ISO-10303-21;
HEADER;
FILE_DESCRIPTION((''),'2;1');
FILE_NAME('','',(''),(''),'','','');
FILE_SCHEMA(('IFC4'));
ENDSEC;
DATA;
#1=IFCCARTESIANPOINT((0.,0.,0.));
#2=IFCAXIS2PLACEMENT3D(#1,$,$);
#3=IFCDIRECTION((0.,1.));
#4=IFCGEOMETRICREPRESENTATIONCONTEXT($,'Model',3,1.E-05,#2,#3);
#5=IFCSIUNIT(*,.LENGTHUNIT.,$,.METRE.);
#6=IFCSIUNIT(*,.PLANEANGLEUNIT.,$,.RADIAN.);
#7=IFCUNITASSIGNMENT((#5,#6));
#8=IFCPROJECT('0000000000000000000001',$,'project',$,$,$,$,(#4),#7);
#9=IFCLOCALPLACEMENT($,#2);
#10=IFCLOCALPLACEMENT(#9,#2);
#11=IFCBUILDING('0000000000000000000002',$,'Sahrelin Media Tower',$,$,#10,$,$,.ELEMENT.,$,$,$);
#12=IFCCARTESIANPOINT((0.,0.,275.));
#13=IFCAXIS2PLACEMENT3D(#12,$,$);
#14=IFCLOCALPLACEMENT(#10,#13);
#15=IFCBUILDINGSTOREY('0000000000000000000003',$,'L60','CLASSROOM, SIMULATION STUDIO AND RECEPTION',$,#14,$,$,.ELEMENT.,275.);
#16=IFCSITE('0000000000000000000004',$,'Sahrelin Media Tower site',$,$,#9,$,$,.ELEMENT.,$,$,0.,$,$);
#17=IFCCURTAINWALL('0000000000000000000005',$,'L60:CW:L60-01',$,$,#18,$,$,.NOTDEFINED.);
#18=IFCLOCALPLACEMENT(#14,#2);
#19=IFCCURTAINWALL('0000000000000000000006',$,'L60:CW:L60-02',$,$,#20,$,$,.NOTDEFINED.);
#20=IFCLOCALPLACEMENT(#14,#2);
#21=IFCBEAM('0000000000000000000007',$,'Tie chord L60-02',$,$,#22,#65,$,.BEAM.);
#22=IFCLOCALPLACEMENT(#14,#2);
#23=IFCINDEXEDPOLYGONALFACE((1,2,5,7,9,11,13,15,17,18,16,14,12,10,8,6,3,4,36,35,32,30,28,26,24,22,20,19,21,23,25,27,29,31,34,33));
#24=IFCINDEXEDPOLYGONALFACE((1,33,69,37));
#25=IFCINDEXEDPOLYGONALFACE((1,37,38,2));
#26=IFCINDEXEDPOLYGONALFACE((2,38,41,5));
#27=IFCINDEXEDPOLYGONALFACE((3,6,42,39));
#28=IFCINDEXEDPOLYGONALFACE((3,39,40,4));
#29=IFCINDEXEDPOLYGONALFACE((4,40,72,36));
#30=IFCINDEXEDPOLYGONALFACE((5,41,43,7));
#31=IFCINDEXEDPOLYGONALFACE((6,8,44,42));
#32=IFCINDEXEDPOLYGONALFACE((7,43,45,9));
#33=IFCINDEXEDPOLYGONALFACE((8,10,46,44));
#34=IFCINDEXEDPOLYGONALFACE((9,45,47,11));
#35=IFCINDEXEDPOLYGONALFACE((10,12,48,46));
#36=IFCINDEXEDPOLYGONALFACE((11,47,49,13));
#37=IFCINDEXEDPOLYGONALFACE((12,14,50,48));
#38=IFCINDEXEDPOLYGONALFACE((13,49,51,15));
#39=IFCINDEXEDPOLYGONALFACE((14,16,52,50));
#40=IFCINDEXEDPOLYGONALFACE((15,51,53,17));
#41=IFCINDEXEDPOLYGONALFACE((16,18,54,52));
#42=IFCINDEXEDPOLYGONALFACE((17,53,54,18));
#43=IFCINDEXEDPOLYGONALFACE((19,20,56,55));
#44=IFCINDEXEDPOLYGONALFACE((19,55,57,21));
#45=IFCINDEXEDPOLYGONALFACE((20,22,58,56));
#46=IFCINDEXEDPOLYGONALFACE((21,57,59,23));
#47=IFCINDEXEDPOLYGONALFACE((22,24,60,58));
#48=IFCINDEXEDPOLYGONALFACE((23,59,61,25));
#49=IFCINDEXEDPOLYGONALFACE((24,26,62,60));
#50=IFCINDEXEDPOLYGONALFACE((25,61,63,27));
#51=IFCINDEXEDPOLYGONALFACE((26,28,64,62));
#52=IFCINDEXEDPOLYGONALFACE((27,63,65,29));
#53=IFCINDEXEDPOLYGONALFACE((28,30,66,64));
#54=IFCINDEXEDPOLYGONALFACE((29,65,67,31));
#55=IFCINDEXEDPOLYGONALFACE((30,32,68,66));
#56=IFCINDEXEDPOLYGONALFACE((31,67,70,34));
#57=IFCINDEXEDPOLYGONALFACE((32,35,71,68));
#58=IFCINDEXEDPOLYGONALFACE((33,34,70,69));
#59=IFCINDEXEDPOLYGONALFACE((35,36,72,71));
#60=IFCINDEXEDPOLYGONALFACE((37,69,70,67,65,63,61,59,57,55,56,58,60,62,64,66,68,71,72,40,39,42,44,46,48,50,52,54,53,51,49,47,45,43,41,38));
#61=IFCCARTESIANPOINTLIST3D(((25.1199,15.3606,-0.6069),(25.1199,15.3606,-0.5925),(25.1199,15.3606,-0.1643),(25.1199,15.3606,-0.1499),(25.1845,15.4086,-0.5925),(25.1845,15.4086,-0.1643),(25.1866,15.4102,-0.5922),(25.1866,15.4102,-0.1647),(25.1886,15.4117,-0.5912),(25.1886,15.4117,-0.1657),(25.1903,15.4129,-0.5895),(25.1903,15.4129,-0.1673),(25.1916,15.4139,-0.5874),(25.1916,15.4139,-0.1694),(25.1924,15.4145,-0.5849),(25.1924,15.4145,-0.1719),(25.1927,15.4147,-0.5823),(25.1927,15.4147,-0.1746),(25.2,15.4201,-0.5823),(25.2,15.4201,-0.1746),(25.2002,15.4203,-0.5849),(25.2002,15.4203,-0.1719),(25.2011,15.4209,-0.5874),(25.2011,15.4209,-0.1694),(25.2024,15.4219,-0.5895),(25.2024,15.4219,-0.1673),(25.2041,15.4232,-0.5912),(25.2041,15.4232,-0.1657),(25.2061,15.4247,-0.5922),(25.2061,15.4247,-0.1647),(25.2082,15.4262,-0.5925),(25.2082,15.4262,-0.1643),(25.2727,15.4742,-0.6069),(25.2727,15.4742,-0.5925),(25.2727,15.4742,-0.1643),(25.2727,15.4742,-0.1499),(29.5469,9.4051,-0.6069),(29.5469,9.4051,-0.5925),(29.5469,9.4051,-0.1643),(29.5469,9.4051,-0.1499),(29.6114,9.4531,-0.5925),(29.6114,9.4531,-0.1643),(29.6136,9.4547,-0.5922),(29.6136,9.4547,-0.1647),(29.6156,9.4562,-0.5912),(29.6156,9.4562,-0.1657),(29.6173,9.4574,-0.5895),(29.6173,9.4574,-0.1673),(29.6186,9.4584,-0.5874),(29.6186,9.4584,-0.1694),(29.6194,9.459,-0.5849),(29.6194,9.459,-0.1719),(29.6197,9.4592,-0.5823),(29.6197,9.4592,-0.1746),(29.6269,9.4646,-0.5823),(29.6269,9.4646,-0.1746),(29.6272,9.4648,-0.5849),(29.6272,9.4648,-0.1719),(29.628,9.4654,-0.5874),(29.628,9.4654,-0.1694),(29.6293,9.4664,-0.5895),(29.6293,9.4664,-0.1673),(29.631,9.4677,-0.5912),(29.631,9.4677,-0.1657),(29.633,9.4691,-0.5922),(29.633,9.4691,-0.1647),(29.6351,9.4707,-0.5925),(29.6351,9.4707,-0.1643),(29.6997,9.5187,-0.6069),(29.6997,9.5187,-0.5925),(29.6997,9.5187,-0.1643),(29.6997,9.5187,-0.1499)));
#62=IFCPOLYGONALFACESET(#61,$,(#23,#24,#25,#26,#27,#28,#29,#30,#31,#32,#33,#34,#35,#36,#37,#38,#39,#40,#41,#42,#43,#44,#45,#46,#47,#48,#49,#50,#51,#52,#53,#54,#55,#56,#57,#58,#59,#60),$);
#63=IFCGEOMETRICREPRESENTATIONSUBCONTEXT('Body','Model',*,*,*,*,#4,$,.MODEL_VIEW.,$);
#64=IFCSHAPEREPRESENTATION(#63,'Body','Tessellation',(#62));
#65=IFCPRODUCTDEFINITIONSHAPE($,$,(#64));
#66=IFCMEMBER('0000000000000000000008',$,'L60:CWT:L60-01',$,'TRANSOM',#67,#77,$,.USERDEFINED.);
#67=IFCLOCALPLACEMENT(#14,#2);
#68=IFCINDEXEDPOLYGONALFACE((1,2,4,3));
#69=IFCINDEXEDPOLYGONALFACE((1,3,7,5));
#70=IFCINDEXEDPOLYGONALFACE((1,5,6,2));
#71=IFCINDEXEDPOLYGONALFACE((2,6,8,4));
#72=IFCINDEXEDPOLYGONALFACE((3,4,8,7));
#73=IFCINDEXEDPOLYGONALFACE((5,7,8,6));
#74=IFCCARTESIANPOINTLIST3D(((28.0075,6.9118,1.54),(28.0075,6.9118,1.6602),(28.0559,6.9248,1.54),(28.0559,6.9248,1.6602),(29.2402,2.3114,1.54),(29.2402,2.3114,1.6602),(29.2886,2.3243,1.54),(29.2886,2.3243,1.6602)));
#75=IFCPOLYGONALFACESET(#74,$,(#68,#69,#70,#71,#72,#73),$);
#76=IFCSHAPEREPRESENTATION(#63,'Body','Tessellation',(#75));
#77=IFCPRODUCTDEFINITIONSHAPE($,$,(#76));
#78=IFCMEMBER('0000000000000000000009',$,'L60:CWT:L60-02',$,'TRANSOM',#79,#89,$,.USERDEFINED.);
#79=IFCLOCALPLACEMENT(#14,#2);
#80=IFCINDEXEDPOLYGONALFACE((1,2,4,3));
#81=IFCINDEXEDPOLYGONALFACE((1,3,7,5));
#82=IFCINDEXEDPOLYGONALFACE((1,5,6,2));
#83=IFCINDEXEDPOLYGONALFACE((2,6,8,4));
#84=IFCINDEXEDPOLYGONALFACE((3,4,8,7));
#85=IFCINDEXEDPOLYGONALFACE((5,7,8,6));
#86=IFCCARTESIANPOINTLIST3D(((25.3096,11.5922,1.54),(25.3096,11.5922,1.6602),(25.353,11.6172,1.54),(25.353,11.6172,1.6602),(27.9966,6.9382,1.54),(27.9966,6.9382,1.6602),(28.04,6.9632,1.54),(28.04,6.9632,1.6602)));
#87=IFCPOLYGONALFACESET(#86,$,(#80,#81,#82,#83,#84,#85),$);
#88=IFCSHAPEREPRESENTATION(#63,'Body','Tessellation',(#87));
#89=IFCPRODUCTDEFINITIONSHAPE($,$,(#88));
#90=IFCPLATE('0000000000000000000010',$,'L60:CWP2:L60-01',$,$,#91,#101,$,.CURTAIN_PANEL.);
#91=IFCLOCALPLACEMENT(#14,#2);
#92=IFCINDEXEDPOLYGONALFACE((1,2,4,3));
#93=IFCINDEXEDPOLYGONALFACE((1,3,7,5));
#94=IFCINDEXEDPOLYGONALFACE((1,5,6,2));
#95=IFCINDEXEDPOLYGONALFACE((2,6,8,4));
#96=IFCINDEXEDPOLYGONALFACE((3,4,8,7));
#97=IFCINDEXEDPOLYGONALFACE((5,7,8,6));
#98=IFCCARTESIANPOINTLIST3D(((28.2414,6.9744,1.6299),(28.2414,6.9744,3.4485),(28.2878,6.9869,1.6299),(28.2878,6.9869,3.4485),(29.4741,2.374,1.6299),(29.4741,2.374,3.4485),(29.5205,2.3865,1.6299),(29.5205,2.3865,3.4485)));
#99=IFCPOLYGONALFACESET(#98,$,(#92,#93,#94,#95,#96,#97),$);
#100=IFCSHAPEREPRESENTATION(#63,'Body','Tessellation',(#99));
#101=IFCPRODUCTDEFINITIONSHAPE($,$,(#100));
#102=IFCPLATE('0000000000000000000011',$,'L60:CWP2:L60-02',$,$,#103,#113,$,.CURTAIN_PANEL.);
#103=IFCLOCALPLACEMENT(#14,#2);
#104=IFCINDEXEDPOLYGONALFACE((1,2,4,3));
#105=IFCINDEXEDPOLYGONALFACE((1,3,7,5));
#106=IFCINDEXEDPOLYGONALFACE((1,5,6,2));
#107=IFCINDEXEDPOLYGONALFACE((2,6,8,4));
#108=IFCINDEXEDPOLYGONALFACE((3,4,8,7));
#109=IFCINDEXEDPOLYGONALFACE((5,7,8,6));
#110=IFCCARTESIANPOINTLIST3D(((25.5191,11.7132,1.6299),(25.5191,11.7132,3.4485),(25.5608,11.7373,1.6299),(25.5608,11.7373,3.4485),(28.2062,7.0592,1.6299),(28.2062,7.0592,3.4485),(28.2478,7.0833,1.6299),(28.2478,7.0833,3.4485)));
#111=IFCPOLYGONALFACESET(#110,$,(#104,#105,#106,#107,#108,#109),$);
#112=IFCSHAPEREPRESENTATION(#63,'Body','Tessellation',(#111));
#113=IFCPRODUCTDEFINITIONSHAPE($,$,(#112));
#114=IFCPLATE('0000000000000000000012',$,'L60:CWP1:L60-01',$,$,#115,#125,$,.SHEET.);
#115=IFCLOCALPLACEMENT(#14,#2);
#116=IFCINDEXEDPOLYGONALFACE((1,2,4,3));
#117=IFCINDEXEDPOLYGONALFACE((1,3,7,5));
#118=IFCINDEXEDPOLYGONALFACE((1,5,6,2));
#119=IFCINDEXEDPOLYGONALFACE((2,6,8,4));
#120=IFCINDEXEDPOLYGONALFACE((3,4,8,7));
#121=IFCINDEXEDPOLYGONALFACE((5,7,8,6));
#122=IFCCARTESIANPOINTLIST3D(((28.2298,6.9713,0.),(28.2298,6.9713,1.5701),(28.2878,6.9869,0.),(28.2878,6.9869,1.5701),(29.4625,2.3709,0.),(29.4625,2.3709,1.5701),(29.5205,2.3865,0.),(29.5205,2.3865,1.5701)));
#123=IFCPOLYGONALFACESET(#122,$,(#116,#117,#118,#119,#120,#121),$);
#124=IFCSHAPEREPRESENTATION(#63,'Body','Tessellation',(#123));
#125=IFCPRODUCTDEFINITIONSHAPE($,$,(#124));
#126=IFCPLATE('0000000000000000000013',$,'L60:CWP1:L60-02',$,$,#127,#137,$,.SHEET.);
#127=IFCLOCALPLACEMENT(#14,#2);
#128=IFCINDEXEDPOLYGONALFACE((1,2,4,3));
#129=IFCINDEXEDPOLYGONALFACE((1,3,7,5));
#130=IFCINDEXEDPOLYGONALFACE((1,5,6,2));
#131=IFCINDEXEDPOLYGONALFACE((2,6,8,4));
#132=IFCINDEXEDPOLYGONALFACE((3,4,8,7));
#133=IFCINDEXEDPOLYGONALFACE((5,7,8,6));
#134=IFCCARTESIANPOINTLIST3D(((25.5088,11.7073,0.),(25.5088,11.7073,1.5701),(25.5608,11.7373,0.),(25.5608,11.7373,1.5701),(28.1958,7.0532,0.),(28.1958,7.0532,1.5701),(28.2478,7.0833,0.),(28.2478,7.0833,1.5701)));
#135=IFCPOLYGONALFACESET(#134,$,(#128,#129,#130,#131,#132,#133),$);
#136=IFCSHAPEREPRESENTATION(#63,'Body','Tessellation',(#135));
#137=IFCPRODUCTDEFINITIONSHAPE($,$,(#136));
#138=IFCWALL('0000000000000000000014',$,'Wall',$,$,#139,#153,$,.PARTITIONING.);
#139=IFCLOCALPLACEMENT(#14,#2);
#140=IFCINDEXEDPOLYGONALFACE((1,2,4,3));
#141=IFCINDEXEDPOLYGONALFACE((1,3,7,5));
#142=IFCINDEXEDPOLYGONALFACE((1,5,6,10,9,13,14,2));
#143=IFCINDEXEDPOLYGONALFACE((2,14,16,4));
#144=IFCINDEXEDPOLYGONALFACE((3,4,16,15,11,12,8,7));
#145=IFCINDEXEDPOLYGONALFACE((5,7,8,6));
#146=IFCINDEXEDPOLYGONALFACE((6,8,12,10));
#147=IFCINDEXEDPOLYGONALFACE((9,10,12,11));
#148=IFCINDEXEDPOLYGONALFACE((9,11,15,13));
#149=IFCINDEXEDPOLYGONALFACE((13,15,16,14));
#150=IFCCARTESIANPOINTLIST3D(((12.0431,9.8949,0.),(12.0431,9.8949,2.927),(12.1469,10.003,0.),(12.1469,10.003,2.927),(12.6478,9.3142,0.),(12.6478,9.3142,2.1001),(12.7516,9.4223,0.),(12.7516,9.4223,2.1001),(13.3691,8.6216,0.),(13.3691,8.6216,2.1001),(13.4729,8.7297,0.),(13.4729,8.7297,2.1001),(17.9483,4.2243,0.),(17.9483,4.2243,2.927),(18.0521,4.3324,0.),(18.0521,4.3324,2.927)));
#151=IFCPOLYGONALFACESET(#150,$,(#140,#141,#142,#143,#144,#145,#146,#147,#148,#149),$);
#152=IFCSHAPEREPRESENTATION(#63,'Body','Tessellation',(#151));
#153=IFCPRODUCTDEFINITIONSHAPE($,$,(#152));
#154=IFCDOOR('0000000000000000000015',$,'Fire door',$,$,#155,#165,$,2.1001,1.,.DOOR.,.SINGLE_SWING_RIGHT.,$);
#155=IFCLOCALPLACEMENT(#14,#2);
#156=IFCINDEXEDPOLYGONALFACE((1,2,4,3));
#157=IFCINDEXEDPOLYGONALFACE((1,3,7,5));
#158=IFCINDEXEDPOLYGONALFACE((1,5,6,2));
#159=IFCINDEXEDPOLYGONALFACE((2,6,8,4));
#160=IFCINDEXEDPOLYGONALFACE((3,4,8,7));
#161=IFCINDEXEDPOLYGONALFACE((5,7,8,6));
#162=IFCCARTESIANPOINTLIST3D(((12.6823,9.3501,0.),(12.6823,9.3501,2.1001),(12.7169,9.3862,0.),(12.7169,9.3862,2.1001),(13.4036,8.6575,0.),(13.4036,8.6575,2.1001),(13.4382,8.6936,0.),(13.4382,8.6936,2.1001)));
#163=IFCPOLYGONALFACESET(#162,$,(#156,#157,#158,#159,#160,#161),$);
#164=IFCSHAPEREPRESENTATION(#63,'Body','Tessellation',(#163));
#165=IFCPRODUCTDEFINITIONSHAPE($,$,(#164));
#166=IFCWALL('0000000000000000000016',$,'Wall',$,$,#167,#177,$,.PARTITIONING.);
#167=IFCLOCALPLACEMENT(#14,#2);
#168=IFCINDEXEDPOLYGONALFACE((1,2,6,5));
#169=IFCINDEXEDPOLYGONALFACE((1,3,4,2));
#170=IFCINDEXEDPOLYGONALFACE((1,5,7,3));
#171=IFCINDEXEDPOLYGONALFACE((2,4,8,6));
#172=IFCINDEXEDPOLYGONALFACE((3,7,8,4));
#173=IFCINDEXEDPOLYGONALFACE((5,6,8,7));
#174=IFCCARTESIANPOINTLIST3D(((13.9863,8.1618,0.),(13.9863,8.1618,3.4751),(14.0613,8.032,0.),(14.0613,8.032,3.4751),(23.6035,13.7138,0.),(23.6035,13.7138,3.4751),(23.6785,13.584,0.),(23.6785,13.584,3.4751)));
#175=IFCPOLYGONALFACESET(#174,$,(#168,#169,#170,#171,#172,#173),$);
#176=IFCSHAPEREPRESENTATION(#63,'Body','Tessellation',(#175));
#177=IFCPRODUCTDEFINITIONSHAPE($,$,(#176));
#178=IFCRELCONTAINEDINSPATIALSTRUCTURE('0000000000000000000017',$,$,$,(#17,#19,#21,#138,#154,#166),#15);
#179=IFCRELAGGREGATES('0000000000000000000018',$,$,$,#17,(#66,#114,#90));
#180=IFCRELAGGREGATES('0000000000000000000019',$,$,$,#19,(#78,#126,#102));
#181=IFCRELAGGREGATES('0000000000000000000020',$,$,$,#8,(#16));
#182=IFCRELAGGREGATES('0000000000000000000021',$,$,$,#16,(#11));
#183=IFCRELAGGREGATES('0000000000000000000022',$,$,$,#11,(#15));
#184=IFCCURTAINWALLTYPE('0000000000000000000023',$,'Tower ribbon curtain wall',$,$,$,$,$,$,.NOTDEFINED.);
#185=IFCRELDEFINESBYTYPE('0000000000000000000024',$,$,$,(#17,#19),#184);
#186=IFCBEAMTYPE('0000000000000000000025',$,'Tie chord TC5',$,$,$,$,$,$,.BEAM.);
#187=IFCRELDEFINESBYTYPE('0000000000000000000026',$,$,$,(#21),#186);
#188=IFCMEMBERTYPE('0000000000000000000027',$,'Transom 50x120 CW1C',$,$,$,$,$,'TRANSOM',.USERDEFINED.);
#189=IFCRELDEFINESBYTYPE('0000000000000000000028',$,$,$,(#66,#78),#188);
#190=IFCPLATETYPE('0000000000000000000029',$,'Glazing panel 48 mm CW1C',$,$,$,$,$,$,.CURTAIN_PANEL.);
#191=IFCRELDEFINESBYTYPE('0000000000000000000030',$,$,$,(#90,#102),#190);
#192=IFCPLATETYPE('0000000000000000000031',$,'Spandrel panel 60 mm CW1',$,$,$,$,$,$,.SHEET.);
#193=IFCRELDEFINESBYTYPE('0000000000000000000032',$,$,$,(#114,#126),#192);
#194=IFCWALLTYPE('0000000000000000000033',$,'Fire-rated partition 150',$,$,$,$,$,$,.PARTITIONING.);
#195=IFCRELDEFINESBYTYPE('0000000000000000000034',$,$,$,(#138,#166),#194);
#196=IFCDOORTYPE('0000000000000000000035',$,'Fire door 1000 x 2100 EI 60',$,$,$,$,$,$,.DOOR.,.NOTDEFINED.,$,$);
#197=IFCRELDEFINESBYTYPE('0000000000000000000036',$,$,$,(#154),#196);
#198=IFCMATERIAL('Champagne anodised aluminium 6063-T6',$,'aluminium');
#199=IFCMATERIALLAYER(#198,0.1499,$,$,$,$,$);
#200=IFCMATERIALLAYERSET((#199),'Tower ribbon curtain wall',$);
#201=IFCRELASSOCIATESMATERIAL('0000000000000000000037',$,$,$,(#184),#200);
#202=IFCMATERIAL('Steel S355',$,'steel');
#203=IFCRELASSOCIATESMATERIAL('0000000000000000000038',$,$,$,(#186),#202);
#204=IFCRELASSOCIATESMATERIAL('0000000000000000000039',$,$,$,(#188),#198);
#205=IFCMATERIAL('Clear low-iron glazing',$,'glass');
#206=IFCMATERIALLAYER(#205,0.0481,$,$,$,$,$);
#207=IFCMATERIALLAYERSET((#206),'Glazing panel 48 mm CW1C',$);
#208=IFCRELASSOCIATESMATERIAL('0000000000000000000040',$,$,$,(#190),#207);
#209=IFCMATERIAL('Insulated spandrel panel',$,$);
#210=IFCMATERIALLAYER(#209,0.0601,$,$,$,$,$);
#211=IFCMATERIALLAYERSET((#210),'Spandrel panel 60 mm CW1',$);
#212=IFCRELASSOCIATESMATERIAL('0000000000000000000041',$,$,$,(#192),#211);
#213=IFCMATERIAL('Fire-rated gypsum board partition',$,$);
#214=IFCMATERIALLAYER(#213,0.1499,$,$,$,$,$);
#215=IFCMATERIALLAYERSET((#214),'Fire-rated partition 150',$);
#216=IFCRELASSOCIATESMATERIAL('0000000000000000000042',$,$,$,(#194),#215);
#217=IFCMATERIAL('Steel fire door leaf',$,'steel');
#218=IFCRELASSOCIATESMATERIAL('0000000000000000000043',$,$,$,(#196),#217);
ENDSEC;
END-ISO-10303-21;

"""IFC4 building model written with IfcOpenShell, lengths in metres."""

from ifc_helpers import new_model, si_unit, direction, frame, frame_2d, origin, origin_2d, place, context, subcontext, project, spatial, polyline, rectangle, i_section, outline, extrude, material, layer, layer_set, material_profile, profile_set, type_object, element, fill, aggregate, save


model = new_model("IFC4")

# Units and contexts
model_context = context("Model", 3, precision=1e-05, world=origin(), true_north=direction((0.0, 1.0)))
body_context = subcontext(model_context, "Body", "Model", "MODEL_VIEW")
ifc_project = project(units=[si_unit("LENGTHUNIT", "METRE"), si_unit("PLANEANGLEUNIT", "RADIAN")], contexts=[model_context])

# Site, building, storey
site_placement = place(None, origin())
site = spatial("IfcSite", under=ifc_project, at=site_placement, Name="Sahrelin Media Tower site", CompositionType="ELEMENT", RefElevation=0.0)
building_placement = place(site_placement, origin())
building = spatial("IfcBuilding", under=site, at=building_placement, Name="Sahrelin Media Tower", CompositionType="ELEMENT")
storey_placement = place(building_placement, frame((0.0, 0.0, 275.0)))
storey = spatial("IfcBuildingStorey", under=building, at=storey_placement, Name="L60", Description="CLASSROOM, SIMULATION STUDIO AND RECEPTION", CompositionType="ELEMENT", Elevation=275.0)

# Shared definitions
ifc_material_1 = material(Name="Steel S355", Category="steel")

# Curtain walls
ifc_material_2 = material(Name="Champagne anodised aluminium 6063-T6", Category="aluminium")
ifc_layer_1 = layer(ifc_material_2, 0.1499)
ifc_layer_set_1 = layer_set([ifc_layer_1], Name="Tower ribbon curtain wall")
curtain_wall_type = type_object("IfcCurtainWallType", Name="Tower ribbon curtain wall", PredefinedType="NOTDEFINED", material=ifc_layer_set_1)
curtain_wall_1_placement = place(storey_placement, frame((28.8848, 4.6814, 0.0), z_axis=(0.0, 0.0, 1.0), x_axis=(1.0, 0.0, 0.0)))
curtain_wall_1 = element("IfcCurtainWall", 1, at=curtain_wall_1_placement, inside=storey, type_object=curtain_wall_type, Name="L60:CW:L60-01", PredefinedType="NOTDEFINED")
curtain_wall_2_placement = place(storey_placement, frame((26.887, 9.4001, 0.0), z_axis=(0.0, 0.0, 1.0), x_axis=(1.0, 0.0, 0.0)))
curtain_wall_2 = element("IfcCurtainWall", 2, at=curtain_wall_2_placement, inside=storey, type_object=curtain_wall_type, Name="L60:CW:L60-02", PredefinedType="NOTDEFINED")

# Beam
ifc_material_profile_1 = material_profile(ifc_material_1, i_section(OverallWidth=0.1904, OverallDepth=0.457, WebThickness=0.009, FlangeThickness=0.0144, FilletRadius=0.0103, at=origin_2d()), Name="UB 457x191x74")
ifc_profile_set_1 = profile_set([ifc_material_profile_1], Name="Steel S355")
beam_type_1 = type_object("IfcBeamType", Name="Tie chord TC5", PredefinedType="BEAM", material=ifc_profile_set_1)
beam_1_placement = place(storey_placement, frame((29.6233, 9.4619, -0.3784), z_axis=(-0.596573, 0.802559, 0.0), x_axis=(-0.802559, -0.596573, 0.0)))
element("IfcBeam", 3, at=beam_1_placement, inside=storey, type_object=beam_type_1, Name="Tie chord L60-02", PredefinedType="BEAM", context=body_context, shape_type="SweptSolid", body=[
    extrude(i_section(OverallWidth=0.1904, OverallDepth=0.457, WebThickness=0.009, FlangeThickness=0.0144, FilletRadius=0.0103, at=origin_2d()), origin(), (0.0, 0.0, 1.0), 7.4207),
])

# Members
ifc_material_profile_2 = material_profile(ifc_material_2, rectangle(XDim=0.05, YDim=0.1201, at=origin_2d()), Name="Transom 50x120")
ifc_profile_set_2 = profile_set([ifc_material_profile_2], Name="Champagne anodised aluminium 6063-T6")
member_type_1 = type_object("IfcMemberType", Name="Transom 50x120 CW1C", ElementType="TRANSOM", PredefinedType="USERDEFINED", material=ifc_profile_set_2)
member_1_placement = place(storey_placement, frame((29.2644, 2.3179, 1.6001), z_axis=(-0.258821, 0.965925, 0.0), x_axis=(-0.965925, -0.258821, 0.0)))
member_1 = element("IfcMember", 4, at=member_1_placement, type_object=member_type_1, Name="L60:CWT:L60-01", ObjectType="TRANSOM", PredefinedType="USERDEFINED", context=body_context, shape_type="SweptSolid", body=[
    extrude(rectangle(XDim=0.05, YDim=0.1201, at=origin_2d()), origin(), (0.0, 0.0, 1.0), 4.7627),
])
member_2_placement = place(storey_placement, frame((28.0183, 6.9507, 1.6001), z_axis=(-0.499999, 0.866026, 0.0), x_axis=(-0.866026, -0.499999, 0.0)))
member_2 = element("IfcMember", 5, at=member_2_placement, type_object=member_type_1, Name="L60:CWT:L60-02", ObjectType="TRANSOM", PredefinedType="USERDEFINED", context=body_context, shape_type="SweptSolid", body=[
    extrude(rectangle(XDim=0.05, YDim=0.1201, at=origin_2d()), origin(), (0.0, 0.0, 1.0), 5.374),
])

# Plates
ifc_material_3 = material(Name="Clear low-iron glazing", Category="glass")
ifc_layer_2 = layer(ifc_material_3, 0.0481)
ifc_layer_set_2 = layer_set([ifc_layer_2], Name="Glazing panel 48 mm CW1C")
plate_type_1 = type_object("IfcPlateType", Name="Glazing panel 48 mm CW1C", PredefinedType="CURTAIN_PANEL", material=ifc_layer_set_2)
plate_1_placement = place(storey_placement, frame((29.5205, 2.3865, 1.6299), z_axis=(0.965925, 0.258821, 0.0), x_axis=(-0.258821, 0.965925, 0.0)))
plate_1 = element("IfcPlate", 6, at=plate_1_placement, type_object=plate_type_1, Name="L60:CWP2:L60-01", PredefinedType="CURTAIN_PANEL", context=body_context, shape_type="SweptSolid", body=[
    extrude(outline(polyline([(0.0, 0.0), (4.7627, 0.0), (4.7627, 1.8186), (0.0, 1.8186), (0.0, 0.0)])), origin(), (0.0, 0.0, -1.0), 0.0481),
])
plate_2_placement = place(storey_placement, frame((28.2478, 7.0833, 1.6299), z_axis=(0.866026, 0.499999, 0.0), x_axis=(-0.499999, 0.866026, 0.0)))
plate_2 = element("IfcPlate", 7, at=plate_2_placement, type_object=plate_type_1, Name="L60:CWP2:L60-02", PredefinedType="CURTAIN_PANEL", context=body_context, shape_type="SweptSolid", body=[
    extrude(outline(polyline([(0.0, 0.0), (5.374, 0.0), (5.374, 1.8186), (0.0, 1.8186), (0.0, 0.0)])), origin(), (0.0, 0.0, -1.0), 0.0481),
])
ifc_material_4 = material(Name="Insulated spandrel panel")
ifc_layer_3 = layer(ifc_material_4, 0.0601)
ifc_layer_set_3 = layer_set([ifc_layer_3], Name="Spandrel panel 60 mm CW1")
plate_type_2 = type_object("IfcPlateType", Name="Spandrel panel 60 mm CW1", PredefinedType="SHEET", material=ifc_layer_set_3)
plate_3_placement = place(storey_placement, frame((29.5205, 2.3865, 0.0), z_axis=(0.965925, 0.258821, 0.0), x_axis=(-0.258821, 0.965925, 0.0)))
plate_3 = element("IfcPlate", 8, at=plate_3_placement, type_object=plate_type_2, Name="L60:CWP1:L60-01", PredefinedType="SHEET", context=body_context, shape_type="SweptSolid", body=[
    extrude(outline(polyline([(0.0, 0.0), (4.7627, 0.0), (4.7627, 1.5701), (0.0, 1.5701), (0.0, 0.0)])), origin(), (0.0, 0.0, -1.0), 0.0601),
])
aggregate(curtain_wall_1, [member_1, plate_3, plate_1])
plate_4_placement = place(storey_placement, frame((28.2478, 7.0833, 0.0), z_axis=(0.866026, 0.499999, 0.0), x_axis=(-0.499999, 0.866026, 0.0)))
plate_4 = element("IfcPlate", 9, at=plate_4_placement, type_object=plate_type_2, Name="L60:CWP1:L60-02", PredefinedType="SHEET", context=body_context, shape_type="SweptSolid", body=[
    extrude(outline(polyline([(0.0, 0.0), (5.374, 0.0), (5.374, 1.5701), (0.0, 1.5701), (0.0, 0.0)])), origin(), (0.0, 0.0, -1.0), 0.0601),
])
aggregate(curtain_wall_2, [member_2, plate_4, plate_2])

# Wall, opening, door
ifc_material_5 = material(Name="Fire-rated gypsum board partition")
ifc_layer_4 = layer(ifc_material_5, 0.1499)
ifc_layer_set_4 = layer_set([ifc_layer_4], Name="Fire-rated partition 150")
wall_type = type_object("IfcWallType", Name="Fire-rated partition 150", PredefinedType="PARTITIONING", material=ifc_layer_set_4)
wall_1_placement = place(storey_placement, frame((12.095, 9.949, 0.0), z_axis=(0.0, 0.0, 1.0), x_axis=(0.72129, -0.692633, 0.0)))
wall_1 = element("IfcWall", 10, at=wall_1_placement, inside=storey, type_object=wall_type, Name="Wall", PredefinedType="PARTITIONING", context=body_context, shape_type="SweptSolid", body=[
    extrude(rectangle(XDim=8.187, YDim=0.1499, at=frame_2d((4.0935, 0.0))), origin(), (0.0, 0.0, 1.0), 2.927),
])
opening_placement = place(wall_1_placement, frame((0.8384, 0.0, 0.0)))
opening = element("IfcOpeningElement", 11, at=opening_placement, cuts=wall_1, PredefinedType="OPENING", context=body_context, shape_type="SweptSolid", body=[
    extrude(rectangle(XDim=1.0, YDim=2.1001, at=frame_2d((0.5, 1.05))), frame((0.0, 0.075, 0.0), z_axis=(0.0, -1.0, 0.0), x_axis=(1.0, 0.0, 0.0)), (0.0, 0.0, 1.0), 0.1499),
])
ifc_material_6 = material(Name="Steel fire door leaf", Category="steel")
door_type = type_object("IfcDoorType", Name="Fire door 1000 x 2100 EI 60", OperationType="NOTDEFINED", PredefinedType="DOOR", material=ifc_material_6)
door_placement = place(opening_placement, origin())
door = element("IfcDoor", 12, at=door_placement, inside=storey, type_object=door_type, Name="Fire door", OperationType="SINGLE_SWING_RIGHT", OverallHeight=2.1001, OverallWidth=1.0, PredefinedType="DOOR", context=body_context, shape_type="SweptSolid", body=[
    extrude(rectangle(XDim=1.0, YDim=2.1001, at=frame_2d((0.5, 1.05))), frame((0.0, 0.0249, 0.0), z_axis=(0.0, -1.0, 0.0), x_axis=(1.0, 0.0, 0.0)), (0.0, 0.0, 1.0), 0.05),
])
fill(opening, door)

# Wall
wall_2_placement = place(storey_placement, frame((14.0239, 8.0969, 0.0), z_axis=(0.0, 0.0, 1.0), x_axis=(0.866044, 0.499967, 0.0)))
element("IfcWall", 13, at=wall_2_placement, inside=storey, type_object=wall_type, Name="Wall", PredefinedType="PARTITIONING", context=body_context, shape_type="SweptSolid", body=[
    extrude(rectangle(XDim=11.1047, YDim=0.1499, at=frame_2d((5.5522, 0.0))), origin(), (0.0, 0.0, 1.0), 3.4751),
])

save(model, "model.ifc")
